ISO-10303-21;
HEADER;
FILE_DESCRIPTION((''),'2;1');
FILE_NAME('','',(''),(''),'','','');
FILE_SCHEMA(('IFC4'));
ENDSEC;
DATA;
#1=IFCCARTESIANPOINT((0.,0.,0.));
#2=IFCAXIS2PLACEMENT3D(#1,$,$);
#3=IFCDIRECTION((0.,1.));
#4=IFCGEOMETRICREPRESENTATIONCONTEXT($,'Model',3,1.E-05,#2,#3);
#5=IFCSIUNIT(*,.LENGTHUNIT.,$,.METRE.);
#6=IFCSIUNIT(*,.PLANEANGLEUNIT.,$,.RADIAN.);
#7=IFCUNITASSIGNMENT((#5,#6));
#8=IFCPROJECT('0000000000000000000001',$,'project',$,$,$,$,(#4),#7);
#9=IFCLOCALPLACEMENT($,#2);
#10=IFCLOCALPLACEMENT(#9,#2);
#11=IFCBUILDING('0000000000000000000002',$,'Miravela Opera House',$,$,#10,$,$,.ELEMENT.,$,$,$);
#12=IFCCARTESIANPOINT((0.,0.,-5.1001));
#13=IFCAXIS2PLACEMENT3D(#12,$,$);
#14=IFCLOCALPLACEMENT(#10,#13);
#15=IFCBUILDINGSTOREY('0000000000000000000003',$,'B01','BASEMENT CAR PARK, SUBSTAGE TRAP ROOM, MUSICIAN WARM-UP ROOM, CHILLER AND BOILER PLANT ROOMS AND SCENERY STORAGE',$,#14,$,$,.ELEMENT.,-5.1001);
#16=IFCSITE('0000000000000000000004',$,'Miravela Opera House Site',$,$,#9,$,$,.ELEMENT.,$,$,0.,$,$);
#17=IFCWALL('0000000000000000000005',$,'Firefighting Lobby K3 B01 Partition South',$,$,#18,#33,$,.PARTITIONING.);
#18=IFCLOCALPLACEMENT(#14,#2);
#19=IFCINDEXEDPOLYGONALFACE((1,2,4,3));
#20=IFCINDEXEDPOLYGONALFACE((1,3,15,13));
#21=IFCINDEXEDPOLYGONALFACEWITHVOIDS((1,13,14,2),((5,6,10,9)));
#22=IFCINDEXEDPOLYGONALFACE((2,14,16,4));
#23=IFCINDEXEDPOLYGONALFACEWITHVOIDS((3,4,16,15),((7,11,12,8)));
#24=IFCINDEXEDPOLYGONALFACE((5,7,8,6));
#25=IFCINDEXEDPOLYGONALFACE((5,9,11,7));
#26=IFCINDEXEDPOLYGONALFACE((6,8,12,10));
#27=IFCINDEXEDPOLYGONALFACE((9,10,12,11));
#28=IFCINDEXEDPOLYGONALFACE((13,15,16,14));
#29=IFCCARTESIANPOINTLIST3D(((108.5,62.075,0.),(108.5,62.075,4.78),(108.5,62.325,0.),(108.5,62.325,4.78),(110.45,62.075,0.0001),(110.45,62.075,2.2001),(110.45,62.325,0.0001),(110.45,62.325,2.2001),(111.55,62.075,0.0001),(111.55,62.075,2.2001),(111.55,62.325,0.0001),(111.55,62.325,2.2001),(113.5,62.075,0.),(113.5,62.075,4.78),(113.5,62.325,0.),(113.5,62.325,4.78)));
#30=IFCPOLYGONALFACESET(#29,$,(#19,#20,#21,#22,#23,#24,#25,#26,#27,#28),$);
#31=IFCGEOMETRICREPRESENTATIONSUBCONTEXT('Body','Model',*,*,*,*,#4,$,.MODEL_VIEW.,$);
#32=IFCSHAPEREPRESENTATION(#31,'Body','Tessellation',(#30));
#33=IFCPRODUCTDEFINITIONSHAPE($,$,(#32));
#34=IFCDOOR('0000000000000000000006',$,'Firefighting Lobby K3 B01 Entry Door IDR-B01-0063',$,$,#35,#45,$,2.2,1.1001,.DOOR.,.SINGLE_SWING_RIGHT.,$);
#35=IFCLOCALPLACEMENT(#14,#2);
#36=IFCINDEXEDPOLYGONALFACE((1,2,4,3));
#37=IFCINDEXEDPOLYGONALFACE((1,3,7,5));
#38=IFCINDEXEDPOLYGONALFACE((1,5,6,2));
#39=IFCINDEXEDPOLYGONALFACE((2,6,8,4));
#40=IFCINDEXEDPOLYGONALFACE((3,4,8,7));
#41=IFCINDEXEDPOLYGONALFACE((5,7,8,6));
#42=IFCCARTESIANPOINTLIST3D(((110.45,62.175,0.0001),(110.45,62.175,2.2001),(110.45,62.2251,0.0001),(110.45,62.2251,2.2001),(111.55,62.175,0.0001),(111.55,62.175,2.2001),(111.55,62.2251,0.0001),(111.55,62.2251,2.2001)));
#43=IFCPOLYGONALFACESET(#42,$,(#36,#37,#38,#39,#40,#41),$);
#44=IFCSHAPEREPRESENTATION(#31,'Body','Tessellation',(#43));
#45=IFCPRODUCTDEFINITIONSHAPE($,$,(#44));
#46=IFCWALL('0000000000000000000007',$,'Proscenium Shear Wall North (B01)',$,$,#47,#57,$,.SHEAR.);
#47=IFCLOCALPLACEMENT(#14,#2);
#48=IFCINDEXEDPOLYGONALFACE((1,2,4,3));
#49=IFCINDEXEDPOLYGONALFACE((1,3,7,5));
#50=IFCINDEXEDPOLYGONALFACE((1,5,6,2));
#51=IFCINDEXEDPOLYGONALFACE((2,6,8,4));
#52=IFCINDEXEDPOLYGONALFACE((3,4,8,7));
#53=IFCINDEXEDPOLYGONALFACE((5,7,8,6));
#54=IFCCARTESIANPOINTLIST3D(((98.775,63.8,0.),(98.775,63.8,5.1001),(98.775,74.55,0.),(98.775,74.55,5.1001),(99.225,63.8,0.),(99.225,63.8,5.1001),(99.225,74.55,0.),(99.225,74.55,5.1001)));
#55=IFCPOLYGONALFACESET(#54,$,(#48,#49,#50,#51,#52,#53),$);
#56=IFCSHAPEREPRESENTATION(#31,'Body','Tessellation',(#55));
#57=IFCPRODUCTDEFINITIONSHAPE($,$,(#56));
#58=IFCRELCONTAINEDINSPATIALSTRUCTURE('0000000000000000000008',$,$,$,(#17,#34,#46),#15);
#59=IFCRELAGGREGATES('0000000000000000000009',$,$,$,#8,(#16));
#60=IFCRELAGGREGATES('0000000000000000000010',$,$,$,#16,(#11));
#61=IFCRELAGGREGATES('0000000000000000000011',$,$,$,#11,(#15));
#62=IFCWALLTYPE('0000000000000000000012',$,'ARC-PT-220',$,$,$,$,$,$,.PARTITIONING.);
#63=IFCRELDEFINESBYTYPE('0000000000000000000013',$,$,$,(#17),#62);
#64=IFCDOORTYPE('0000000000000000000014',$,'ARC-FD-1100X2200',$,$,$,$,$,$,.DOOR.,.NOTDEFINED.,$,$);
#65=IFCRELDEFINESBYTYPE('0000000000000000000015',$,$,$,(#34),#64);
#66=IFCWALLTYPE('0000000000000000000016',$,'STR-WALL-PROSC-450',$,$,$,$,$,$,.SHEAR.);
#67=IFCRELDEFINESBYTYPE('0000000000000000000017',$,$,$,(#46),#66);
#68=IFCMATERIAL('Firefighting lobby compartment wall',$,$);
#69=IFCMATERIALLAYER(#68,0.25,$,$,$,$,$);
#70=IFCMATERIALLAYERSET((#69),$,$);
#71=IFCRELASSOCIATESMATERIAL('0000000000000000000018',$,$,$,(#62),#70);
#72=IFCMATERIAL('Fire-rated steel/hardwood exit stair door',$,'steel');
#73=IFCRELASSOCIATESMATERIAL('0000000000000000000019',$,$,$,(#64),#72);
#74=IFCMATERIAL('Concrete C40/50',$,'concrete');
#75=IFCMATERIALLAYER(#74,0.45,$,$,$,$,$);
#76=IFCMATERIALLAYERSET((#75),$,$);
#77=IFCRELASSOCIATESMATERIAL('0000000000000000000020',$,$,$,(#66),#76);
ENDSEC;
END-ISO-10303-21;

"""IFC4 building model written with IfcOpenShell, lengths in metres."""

from ifc_helpers import new_model, si_unit, direction, frame, frame_2d, origin, place, context, subcontext, project, spatial, rectangle, extrude, material, layer, layer_set, type_object, element, fill, save


model = new_model("IFC4")

# Units and contexts
model_context = context("Model", 3, precision=1e-05, world=origin(), true_north=direction((0.0, 1.0)))
body_context = subcontext(model_context, "Body", "Model", "MODEL_VIEW")
ifc_project = project(units=[si_unit("LENGTHUNIT", "METRE"), si_unit("PLANEANGLEUNIT", "RADIAN")], contexts=[model_context])

# Site, building, storey
site_placement = place(None, origin())
site = spatial("IfcSite", under=ifc_project, at=site_placement, Name="Miravela Opera House Site", CompositionType="ELEMENT", RefElevation=0.0)
building_placement = place(site_placement, origin())
building = spatial("IfcBuilding", under=site, at=building_placement, Name="Miravela Opera House", CompositionType="ELEMENT")
storey_placement = place(building_placement, frame((0.0, 0.0, -5.1001)))
storey = spatial("IfcBuildingStorey", under=building, at=storey_placement, Name="B01", Description="BASEMENT CAR PARK, SUBSTAGE TRAP ROOM, MUSICIAN WARM-UP ROOM, CHILLER AND BOILER PLANT ROOMS AND SCENERY STORAGE", CompositionType="ELEMENT", Elevation=-5.1001)

# Shared definitions
ifc_material_1 = material(Name="Concrete C40/50", Category="concrete")

# Wall, opening, door
ifc_material_2 = material(Name="Firefighting lobby compartment wall")
ifc_layer_1 = layer(ifc_material_2, 0.25)
ifc_layer_set_1 = layer_set([ifc_layer_1])
wall_type_1 = type_object("IfcWallType", Name="ARC-PT-220", PredefinedType="PARTITIONING", material=ifc_layer_set_1)
wall_1_placement = place(storey_placement, frame((108.5, 62.2, 0.0), z_axis=(0.0, 0.0, 1.0), x_axis=(1.0, 0.0, 0.0)))
wall_1 = element("IfcWall", 1, at=wall_1_placement, inside=storey, type_object=wall_type_1, Name="Firefighting Lobby K3 B01 Partition South", PredefinedType="PARTITIONING", context=body_context, shape_type="SweptSolid", body=[
    extrude(rectangle(XDim=5.0, YDim=0.25, at=frame_2d((2.5, 0.0))), origin(), (0.0, 0.0, 1.0), 4.78),
])
opening_placement = place(wall_1_placement, frame((1.95, 0.0, 0.0)))
opening = element("IfcOpeningElement", 2, at=opening_placement, cuts=wall_1, PredefinedType="OPENING", context=body_context, shape_type="SweptSolid", body=[
    extrude(rectangle(XDim=1.1001, YDim=2.2, at=frame_2d((0.55, 1.1001))), frame((0.0, 0.135, 0.0), z_axis=(0.0, -1.0, 0.0), x_axis=(1.0, 0.0, 0.0)), (0.0, 0.0, 1.0), 0.27),
])
ifc_material_3 = material(Name="Fire-rated steel/hardwood exit stair door", Category="steel")
door_type = type_object("IfcDoorType", Name="ARC-FD-1100X2200", OperationType="NOTDEFINED", PredefinedType="DOOR", material=ifc_material_3)
door_placement = place(opening_placement, frame((1.1001, 0.0, 0.0), z_axis=(0.0, 0.0, 1.0), x_axis=(-1.0, 0.0, 0.0)))
door = element("IfcDoor", 3, at=door_placement, inside=storey, type_object=door_type, Name="Firefighting Lobby K3 B01 Entry Door IDR-B01-0063", OperationType="SINGLE_SWING_RIGHT", OverallHeight=2.2, OverallWidth=1.1001, PredefinedType="DOOR", context=body_context, shape_type="SweptSolid", body=[
    extrude(rectangle(XDim=1.1001, YDim=2.2, at=frame_2d((0.55, 1.1001))), frame((0.0, 0.0249, 0.0), z_axis=(0.0, -1.0, 0.0), x_axis=(1.0, 0.0, 0.0)), (0.0, 0.0, 1.0), 0.05),
])
fill(opening, door)

# Wall
ifc_layer_2 = layer(ifc_material_1, 0.45)
ifc_layer_set_2 = layer_set([ifc_layer_2])
wall_type_2 = type_object("IfcWallType", Name="STR-WALL-PROSC-450", PredefinedType="SHEAR", material=ifc_layer_set_2)
wall_2_placement = place(storey_placement, frame((99.0, 63.8, 0.0), z_axis=(0.0, 0.0, 1.0), x_axis=(0.0, 1.0, 0.0)))
element("IfcWall", 4, at=wall_2_placement, inside=storey, type_object=wall_type_2, Name="Proscenium Shear Wall North (B01)", PredefinedType="SHEAR", context=body_context, shape_type="SweptSolid", body=[
    extrude(rectangle(XDim=10.75, YDim=0.45, at=frame_2d((5.375, 0.0))), origin(), (0.0, 0.0, 1.0), 5.1001),
])

save(model, "model.ifc")
